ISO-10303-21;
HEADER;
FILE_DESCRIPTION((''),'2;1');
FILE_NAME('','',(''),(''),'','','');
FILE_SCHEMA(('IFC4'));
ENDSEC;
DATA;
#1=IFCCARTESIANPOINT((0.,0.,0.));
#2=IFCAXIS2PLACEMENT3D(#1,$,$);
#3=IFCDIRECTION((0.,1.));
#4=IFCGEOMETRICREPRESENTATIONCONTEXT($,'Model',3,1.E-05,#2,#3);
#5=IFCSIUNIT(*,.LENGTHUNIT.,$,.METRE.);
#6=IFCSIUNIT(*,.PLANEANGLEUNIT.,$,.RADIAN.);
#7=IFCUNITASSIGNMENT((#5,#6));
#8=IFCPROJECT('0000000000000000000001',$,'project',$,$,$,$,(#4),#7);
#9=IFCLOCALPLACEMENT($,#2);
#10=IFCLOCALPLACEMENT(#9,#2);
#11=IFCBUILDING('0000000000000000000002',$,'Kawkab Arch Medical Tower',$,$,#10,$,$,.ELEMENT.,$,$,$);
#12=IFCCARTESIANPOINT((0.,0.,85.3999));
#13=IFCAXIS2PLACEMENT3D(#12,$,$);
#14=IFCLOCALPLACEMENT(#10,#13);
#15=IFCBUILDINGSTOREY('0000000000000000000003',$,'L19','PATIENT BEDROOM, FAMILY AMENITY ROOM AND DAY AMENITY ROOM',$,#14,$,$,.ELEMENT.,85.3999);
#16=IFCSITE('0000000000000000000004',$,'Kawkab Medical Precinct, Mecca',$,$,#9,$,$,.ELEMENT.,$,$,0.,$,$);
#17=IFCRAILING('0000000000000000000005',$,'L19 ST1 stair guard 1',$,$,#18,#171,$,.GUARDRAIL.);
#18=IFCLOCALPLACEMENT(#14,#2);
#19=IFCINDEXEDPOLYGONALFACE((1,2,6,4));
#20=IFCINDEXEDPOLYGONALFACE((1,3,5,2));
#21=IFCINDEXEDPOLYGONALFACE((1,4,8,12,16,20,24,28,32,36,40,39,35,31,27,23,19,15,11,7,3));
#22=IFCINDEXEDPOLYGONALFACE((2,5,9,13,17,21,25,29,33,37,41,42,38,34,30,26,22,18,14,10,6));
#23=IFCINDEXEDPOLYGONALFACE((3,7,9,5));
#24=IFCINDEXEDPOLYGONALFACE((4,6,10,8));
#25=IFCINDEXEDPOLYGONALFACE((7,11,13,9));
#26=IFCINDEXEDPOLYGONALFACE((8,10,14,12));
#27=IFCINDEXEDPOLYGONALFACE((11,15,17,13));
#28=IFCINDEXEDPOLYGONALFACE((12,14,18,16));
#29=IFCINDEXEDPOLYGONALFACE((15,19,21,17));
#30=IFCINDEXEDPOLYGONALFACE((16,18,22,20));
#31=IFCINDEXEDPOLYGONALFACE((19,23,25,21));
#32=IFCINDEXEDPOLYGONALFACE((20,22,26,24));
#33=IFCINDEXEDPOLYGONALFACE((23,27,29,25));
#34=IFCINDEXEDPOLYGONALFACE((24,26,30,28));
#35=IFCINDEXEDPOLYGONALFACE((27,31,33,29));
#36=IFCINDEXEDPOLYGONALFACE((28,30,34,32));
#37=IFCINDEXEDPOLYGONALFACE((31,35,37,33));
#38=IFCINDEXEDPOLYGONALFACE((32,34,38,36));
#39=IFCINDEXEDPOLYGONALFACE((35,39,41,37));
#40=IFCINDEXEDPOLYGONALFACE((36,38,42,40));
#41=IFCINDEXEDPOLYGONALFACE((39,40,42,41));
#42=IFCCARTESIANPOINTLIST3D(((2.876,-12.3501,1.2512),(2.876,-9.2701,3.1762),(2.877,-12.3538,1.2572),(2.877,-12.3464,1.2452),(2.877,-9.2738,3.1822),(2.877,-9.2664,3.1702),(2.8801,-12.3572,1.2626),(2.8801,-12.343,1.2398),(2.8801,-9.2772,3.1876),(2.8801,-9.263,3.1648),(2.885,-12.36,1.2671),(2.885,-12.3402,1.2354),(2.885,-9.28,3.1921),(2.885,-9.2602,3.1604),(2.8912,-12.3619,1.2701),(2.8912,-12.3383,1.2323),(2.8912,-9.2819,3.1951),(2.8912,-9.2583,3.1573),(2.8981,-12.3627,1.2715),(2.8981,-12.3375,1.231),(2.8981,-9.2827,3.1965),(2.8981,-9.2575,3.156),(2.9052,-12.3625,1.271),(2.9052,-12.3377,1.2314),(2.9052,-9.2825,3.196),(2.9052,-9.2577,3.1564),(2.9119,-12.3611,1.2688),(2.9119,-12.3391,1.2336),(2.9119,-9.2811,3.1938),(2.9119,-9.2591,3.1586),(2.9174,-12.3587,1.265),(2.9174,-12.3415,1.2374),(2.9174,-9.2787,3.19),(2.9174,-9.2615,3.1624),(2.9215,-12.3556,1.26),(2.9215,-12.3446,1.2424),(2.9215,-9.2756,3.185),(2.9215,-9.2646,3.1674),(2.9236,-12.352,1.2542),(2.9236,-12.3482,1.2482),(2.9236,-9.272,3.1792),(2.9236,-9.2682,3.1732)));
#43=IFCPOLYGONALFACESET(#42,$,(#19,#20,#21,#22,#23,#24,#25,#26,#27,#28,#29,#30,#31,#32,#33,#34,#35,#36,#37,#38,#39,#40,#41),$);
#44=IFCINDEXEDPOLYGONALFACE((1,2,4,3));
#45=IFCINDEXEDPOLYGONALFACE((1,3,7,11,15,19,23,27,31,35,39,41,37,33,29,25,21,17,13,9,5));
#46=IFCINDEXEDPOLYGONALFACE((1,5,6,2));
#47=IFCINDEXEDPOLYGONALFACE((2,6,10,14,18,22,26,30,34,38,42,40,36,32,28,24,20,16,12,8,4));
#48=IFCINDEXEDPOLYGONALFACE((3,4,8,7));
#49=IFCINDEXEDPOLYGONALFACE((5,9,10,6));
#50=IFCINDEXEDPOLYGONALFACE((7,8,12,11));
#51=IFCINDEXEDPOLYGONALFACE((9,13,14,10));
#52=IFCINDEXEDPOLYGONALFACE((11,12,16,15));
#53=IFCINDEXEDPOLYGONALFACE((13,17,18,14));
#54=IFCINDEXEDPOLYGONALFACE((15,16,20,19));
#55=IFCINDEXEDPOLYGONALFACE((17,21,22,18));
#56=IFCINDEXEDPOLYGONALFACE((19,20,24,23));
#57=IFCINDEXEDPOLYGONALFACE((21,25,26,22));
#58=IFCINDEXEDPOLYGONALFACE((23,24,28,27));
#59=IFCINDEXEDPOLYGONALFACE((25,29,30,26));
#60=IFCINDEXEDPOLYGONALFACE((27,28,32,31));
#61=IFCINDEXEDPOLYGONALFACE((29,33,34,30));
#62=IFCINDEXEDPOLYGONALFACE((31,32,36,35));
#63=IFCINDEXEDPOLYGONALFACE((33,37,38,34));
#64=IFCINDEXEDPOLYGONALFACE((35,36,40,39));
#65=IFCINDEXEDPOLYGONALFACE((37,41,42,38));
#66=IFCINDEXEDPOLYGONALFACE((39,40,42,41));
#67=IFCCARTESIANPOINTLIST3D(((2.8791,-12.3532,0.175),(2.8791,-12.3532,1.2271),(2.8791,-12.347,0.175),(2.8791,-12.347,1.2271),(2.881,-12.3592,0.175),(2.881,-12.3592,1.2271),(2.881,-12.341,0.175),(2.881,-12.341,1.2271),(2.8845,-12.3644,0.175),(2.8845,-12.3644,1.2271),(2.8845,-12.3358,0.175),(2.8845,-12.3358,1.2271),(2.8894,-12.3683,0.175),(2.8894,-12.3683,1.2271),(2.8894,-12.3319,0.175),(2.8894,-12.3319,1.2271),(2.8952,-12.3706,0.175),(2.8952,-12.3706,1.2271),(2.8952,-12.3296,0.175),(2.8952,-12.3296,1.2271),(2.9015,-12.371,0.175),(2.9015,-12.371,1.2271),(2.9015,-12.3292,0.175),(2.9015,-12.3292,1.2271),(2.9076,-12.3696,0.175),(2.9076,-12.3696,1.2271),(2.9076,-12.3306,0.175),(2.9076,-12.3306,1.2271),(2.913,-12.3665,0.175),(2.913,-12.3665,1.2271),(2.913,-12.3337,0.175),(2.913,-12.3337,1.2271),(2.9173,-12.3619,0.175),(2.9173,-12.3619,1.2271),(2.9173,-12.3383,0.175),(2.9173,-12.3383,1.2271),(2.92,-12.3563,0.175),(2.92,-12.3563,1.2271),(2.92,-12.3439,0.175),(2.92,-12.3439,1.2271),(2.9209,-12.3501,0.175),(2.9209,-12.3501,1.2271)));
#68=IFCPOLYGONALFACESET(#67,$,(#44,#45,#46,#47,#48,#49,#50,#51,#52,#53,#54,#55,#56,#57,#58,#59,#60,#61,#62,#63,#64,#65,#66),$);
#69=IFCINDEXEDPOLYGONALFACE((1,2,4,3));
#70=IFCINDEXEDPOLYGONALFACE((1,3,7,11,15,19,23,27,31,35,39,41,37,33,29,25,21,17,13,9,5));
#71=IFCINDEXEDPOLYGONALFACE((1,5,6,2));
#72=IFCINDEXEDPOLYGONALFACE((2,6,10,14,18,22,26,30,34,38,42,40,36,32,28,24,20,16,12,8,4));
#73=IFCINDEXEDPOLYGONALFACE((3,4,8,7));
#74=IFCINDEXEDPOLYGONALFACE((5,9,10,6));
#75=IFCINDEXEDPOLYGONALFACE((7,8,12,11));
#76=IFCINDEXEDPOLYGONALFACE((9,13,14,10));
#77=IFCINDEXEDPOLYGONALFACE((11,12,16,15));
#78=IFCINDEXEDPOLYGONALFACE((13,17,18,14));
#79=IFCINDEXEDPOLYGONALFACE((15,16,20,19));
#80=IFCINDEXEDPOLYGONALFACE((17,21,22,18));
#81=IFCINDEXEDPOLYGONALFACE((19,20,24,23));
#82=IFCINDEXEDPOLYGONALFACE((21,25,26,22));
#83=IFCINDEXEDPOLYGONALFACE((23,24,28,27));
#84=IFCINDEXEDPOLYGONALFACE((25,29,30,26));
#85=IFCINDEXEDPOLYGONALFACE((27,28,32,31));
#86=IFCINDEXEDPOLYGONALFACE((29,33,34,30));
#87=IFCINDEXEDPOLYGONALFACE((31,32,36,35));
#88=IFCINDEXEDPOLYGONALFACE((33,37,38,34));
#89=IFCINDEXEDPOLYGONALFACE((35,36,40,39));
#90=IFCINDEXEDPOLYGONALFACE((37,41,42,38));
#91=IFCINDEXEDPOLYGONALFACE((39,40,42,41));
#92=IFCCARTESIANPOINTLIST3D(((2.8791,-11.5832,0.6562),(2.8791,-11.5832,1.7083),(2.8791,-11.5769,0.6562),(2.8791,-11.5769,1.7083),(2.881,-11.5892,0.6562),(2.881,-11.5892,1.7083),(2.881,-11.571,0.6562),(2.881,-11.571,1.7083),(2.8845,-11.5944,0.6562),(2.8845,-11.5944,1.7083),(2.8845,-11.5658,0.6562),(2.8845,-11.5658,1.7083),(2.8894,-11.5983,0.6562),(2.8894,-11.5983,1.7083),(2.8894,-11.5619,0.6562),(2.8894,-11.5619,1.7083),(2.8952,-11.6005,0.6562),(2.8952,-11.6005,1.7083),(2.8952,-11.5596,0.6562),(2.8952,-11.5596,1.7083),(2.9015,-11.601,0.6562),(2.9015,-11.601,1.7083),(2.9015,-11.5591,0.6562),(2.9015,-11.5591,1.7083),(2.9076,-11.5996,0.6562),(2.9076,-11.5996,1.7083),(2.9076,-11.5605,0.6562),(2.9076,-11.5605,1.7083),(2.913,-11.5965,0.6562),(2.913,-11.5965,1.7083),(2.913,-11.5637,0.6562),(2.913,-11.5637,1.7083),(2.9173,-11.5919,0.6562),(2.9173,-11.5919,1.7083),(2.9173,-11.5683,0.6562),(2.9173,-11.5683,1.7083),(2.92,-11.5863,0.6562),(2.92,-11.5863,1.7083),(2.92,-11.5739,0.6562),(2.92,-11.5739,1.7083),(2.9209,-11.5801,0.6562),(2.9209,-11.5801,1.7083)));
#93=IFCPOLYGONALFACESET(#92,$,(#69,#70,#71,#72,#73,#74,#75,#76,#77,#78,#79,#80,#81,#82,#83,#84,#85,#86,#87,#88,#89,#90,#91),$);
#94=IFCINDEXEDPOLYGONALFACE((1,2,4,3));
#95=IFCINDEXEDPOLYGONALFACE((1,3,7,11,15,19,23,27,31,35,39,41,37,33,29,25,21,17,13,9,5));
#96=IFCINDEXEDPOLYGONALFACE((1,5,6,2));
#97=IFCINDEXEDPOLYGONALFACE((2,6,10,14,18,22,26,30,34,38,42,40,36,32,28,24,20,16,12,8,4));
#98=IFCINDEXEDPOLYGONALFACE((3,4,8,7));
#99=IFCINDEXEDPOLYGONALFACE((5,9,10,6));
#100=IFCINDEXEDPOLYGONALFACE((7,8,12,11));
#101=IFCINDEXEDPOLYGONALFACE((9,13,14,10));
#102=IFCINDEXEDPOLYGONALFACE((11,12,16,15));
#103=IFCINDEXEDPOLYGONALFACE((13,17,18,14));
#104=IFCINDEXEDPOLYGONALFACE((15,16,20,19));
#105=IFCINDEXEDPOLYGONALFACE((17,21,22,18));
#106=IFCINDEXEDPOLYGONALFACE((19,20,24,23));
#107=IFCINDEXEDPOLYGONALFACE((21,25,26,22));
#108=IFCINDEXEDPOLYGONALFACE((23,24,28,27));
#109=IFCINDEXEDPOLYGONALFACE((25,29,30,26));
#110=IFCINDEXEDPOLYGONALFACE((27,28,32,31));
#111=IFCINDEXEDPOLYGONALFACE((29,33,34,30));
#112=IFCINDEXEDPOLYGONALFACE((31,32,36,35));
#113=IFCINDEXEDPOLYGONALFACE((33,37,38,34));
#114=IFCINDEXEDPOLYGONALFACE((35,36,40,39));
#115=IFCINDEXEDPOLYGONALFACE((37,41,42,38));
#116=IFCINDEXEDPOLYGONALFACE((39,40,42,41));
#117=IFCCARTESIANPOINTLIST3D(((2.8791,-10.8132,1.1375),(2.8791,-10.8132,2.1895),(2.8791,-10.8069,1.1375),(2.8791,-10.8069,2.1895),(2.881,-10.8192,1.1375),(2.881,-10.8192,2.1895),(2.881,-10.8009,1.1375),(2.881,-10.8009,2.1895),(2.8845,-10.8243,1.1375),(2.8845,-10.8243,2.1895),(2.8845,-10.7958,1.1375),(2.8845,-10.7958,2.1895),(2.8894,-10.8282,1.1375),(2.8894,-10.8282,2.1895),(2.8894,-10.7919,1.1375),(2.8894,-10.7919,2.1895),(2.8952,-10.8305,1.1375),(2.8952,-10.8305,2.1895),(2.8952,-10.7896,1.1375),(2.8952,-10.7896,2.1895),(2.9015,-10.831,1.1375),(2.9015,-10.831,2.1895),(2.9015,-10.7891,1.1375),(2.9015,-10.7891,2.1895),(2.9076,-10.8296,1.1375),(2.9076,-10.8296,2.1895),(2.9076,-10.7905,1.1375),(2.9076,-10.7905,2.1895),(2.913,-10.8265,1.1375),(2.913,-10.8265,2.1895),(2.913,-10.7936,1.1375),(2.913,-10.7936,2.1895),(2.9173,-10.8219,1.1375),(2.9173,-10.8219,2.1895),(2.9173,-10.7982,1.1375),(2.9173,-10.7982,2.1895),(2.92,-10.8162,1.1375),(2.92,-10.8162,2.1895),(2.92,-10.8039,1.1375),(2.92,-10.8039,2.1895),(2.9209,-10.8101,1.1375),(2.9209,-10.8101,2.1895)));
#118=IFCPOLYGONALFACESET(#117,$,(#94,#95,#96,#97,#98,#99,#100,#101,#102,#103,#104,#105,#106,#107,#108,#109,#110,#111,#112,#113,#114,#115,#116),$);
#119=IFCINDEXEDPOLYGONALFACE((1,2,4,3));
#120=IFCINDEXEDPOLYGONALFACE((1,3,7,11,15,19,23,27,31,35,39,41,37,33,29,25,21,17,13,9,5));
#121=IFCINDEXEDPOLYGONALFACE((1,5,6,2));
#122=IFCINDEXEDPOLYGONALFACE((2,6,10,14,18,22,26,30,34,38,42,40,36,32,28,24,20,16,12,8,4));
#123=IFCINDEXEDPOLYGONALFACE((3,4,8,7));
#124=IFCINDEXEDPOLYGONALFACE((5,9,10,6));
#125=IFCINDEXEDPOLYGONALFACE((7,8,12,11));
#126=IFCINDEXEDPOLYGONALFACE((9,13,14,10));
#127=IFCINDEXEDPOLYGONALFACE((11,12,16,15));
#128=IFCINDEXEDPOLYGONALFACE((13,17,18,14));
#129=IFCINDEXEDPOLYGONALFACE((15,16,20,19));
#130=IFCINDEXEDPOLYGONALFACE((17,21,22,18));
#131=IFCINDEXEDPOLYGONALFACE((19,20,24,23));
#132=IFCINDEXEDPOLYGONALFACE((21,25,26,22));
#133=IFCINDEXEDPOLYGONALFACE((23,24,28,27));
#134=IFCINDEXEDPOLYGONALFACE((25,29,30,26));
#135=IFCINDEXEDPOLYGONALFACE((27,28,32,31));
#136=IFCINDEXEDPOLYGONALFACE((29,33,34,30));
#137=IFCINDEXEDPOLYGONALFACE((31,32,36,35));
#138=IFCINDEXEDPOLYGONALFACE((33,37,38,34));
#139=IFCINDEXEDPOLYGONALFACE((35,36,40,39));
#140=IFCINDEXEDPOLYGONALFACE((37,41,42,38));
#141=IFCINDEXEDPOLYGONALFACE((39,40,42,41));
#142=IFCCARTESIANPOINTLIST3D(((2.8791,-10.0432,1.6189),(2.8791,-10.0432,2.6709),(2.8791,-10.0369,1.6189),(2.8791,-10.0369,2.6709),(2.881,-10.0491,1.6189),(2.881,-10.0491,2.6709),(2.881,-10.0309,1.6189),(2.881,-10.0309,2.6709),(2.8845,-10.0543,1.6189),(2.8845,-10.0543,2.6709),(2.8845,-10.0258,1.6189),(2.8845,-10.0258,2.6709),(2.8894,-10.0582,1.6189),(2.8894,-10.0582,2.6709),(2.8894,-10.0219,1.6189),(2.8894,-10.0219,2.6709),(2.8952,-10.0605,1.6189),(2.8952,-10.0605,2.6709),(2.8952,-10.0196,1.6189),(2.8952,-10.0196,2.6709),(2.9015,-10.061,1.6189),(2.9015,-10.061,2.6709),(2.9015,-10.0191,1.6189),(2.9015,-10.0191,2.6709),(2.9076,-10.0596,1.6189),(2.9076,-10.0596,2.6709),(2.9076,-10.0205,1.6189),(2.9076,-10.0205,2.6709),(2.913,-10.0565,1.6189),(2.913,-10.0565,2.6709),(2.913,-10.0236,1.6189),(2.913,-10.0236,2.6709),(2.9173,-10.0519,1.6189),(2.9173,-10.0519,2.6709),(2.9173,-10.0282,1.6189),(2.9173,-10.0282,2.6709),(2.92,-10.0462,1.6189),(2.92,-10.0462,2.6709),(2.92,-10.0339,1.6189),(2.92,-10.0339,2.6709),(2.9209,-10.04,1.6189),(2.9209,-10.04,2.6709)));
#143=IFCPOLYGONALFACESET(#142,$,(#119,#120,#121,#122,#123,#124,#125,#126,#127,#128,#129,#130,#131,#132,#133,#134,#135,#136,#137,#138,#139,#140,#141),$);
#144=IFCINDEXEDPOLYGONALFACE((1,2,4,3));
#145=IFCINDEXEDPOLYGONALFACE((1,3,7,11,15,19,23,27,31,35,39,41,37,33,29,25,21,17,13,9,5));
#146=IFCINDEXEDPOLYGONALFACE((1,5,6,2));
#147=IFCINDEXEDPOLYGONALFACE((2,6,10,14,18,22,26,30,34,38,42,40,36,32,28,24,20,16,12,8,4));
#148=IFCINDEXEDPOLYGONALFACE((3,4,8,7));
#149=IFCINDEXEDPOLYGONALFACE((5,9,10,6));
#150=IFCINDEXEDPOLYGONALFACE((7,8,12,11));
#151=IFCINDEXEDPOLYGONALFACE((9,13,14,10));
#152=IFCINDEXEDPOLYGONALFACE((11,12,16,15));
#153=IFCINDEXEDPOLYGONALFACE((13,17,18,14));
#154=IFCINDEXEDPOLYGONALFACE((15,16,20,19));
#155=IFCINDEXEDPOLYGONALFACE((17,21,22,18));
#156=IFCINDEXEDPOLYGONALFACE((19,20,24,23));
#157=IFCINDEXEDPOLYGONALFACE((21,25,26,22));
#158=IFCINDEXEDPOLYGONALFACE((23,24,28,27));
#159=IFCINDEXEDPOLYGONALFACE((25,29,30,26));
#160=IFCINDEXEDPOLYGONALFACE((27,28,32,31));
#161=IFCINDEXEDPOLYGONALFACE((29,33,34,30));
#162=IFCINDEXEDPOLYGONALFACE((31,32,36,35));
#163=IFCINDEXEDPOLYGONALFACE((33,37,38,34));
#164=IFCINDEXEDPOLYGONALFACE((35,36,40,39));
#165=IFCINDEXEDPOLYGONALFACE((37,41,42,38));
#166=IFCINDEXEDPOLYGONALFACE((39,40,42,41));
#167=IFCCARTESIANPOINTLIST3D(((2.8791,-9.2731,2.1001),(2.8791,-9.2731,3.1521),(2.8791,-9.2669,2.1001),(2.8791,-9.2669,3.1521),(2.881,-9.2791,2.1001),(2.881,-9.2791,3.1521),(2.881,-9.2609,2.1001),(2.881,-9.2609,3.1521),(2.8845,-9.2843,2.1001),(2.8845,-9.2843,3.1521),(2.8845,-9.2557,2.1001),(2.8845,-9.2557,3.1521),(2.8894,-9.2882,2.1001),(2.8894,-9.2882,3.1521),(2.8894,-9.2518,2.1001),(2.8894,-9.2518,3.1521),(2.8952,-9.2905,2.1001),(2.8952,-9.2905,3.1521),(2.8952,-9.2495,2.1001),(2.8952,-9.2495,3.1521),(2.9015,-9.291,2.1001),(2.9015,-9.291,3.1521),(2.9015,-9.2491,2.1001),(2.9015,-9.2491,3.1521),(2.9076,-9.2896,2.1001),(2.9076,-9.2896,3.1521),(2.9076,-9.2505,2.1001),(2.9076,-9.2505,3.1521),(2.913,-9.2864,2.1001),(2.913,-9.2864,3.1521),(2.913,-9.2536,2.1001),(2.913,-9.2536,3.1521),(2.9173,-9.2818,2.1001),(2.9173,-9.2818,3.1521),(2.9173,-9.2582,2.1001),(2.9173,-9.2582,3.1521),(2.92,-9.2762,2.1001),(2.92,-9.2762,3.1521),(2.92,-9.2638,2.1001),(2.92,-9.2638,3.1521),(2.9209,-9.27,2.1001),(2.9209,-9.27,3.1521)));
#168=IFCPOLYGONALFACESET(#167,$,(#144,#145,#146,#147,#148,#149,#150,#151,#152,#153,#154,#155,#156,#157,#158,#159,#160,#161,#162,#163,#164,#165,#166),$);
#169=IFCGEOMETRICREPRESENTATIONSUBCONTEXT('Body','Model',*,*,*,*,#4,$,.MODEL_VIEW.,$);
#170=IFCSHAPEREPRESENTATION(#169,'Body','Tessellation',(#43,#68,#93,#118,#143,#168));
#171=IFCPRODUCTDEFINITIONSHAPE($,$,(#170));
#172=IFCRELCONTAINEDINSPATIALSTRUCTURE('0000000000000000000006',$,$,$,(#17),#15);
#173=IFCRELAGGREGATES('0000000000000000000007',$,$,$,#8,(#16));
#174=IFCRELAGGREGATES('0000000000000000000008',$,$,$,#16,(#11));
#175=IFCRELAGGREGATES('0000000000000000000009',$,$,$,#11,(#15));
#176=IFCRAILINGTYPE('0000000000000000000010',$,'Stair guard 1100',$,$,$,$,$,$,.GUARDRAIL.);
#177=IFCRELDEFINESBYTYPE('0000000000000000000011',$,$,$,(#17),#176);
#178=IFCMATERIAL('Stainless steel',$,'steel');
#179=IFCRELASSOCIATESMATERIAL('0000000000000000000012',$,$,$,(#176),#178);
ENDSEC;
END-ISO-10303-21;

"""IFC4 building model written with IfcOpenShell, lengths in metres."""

from ifc_helpers import new_model, si_unit, direction, frame, origin, origin_2d, place, context, subcontext, project, spatial, circle, extrude, material, type_object, element, save


model = new_model("IFC4")

# Units and contexts
model_context = context("Model", 3, precision=1e-05, world=origin(), true_north=direction((0.0, 1.0)))
body_context = subcontext(model_context, "Body", "Model", "MODEL_VIEW")
ifc_project = project(units=[si_unit("LENGTHUNIT", "METRE"), si_unit("PLANEANGLEUNIT", "RADIAN")], contexts=[model_context])

# Site, building, storey
site_placement = place(None, origin())
site = spatial("IfcSite", under=ifc_project, at=site_placement, Name="Kawkab Medical Precinct, Mecca", CompositionType="ELEMENT", RefElevation=0.0)
building_placement = place(site_placement, origin())
building = spatial("IfcBuilding", under=site, at=building_placement, Name="Kawkab Arch Medical Tower", CompositionType="ELEMENT")
storey_placement = place(building_placement, frame((0.0, 0.0, 85.3999)))
storey = spatial("IfcBuildingStorey", under=building, at=storey_placement, Name="L19", Description="PATIENT BEDROOM, FAMILY AMENITY ROOM AND DAY AMENITY ROOM", CompositionType="ELEMENT", Elevation=85.3999)

# Railing
ifc_material_1 = material(Name="Stainless steel", Category="steel")
railing_type = type_object("IfcRailingType", Name="Stair guard 1100", PredefinedType="GUARDRAIL", material=ifc_material_1)
railing_placement = place(storey_placement, frame((2.8999, -12.3501, 0.175)))
element("IfcRailing", 1, at=railing_placement, inside=storey, type_object=railing_type, Name="L19 ST1 stair guard 1", PredefinedType="GUARDRAIL", context=body_context, shape_type="SweptSolid", body=[
    extrude(circle(Radius=0.0239, at=origin_2d()), frame((0.0, 0.0, 1.0762), z_axis=(0.0, 0.847998, 0.529999), x_axis=(-1.0, 0.0, 0.0)), (0.0, 0.0, 1.0), 3.6321),
    extrude(circle(Radius=0.021, at=origin_2d()), origin(), (0.0, 0.0, 1.0), 1.052),
    extrude(circle(Radius=0.021, at=origin_2d()), frame((0.0, 0.77, 0.4812)), (0.0, 0.0, 1.0), 1.052),
    extrude(circle(Radius=0.021, at=origin_2d()), frame((0.0, 1.54, 0.9624)), (0.0, 0.0, 1.0), 1.052),
    extrude(circle(Radius=0.021, at=origin_2d()), frame((0.0, 2.3101, 1.4438)), (0.0, 0.0, 1.0), 1.052),
    extrude(circle(Radius=0.021, at=origin_2d()), frame((0.0, 3.0801, 1.925)), (0.0, 0.0, 1.0), 1.052),
])

save(model, "model.ifc")
